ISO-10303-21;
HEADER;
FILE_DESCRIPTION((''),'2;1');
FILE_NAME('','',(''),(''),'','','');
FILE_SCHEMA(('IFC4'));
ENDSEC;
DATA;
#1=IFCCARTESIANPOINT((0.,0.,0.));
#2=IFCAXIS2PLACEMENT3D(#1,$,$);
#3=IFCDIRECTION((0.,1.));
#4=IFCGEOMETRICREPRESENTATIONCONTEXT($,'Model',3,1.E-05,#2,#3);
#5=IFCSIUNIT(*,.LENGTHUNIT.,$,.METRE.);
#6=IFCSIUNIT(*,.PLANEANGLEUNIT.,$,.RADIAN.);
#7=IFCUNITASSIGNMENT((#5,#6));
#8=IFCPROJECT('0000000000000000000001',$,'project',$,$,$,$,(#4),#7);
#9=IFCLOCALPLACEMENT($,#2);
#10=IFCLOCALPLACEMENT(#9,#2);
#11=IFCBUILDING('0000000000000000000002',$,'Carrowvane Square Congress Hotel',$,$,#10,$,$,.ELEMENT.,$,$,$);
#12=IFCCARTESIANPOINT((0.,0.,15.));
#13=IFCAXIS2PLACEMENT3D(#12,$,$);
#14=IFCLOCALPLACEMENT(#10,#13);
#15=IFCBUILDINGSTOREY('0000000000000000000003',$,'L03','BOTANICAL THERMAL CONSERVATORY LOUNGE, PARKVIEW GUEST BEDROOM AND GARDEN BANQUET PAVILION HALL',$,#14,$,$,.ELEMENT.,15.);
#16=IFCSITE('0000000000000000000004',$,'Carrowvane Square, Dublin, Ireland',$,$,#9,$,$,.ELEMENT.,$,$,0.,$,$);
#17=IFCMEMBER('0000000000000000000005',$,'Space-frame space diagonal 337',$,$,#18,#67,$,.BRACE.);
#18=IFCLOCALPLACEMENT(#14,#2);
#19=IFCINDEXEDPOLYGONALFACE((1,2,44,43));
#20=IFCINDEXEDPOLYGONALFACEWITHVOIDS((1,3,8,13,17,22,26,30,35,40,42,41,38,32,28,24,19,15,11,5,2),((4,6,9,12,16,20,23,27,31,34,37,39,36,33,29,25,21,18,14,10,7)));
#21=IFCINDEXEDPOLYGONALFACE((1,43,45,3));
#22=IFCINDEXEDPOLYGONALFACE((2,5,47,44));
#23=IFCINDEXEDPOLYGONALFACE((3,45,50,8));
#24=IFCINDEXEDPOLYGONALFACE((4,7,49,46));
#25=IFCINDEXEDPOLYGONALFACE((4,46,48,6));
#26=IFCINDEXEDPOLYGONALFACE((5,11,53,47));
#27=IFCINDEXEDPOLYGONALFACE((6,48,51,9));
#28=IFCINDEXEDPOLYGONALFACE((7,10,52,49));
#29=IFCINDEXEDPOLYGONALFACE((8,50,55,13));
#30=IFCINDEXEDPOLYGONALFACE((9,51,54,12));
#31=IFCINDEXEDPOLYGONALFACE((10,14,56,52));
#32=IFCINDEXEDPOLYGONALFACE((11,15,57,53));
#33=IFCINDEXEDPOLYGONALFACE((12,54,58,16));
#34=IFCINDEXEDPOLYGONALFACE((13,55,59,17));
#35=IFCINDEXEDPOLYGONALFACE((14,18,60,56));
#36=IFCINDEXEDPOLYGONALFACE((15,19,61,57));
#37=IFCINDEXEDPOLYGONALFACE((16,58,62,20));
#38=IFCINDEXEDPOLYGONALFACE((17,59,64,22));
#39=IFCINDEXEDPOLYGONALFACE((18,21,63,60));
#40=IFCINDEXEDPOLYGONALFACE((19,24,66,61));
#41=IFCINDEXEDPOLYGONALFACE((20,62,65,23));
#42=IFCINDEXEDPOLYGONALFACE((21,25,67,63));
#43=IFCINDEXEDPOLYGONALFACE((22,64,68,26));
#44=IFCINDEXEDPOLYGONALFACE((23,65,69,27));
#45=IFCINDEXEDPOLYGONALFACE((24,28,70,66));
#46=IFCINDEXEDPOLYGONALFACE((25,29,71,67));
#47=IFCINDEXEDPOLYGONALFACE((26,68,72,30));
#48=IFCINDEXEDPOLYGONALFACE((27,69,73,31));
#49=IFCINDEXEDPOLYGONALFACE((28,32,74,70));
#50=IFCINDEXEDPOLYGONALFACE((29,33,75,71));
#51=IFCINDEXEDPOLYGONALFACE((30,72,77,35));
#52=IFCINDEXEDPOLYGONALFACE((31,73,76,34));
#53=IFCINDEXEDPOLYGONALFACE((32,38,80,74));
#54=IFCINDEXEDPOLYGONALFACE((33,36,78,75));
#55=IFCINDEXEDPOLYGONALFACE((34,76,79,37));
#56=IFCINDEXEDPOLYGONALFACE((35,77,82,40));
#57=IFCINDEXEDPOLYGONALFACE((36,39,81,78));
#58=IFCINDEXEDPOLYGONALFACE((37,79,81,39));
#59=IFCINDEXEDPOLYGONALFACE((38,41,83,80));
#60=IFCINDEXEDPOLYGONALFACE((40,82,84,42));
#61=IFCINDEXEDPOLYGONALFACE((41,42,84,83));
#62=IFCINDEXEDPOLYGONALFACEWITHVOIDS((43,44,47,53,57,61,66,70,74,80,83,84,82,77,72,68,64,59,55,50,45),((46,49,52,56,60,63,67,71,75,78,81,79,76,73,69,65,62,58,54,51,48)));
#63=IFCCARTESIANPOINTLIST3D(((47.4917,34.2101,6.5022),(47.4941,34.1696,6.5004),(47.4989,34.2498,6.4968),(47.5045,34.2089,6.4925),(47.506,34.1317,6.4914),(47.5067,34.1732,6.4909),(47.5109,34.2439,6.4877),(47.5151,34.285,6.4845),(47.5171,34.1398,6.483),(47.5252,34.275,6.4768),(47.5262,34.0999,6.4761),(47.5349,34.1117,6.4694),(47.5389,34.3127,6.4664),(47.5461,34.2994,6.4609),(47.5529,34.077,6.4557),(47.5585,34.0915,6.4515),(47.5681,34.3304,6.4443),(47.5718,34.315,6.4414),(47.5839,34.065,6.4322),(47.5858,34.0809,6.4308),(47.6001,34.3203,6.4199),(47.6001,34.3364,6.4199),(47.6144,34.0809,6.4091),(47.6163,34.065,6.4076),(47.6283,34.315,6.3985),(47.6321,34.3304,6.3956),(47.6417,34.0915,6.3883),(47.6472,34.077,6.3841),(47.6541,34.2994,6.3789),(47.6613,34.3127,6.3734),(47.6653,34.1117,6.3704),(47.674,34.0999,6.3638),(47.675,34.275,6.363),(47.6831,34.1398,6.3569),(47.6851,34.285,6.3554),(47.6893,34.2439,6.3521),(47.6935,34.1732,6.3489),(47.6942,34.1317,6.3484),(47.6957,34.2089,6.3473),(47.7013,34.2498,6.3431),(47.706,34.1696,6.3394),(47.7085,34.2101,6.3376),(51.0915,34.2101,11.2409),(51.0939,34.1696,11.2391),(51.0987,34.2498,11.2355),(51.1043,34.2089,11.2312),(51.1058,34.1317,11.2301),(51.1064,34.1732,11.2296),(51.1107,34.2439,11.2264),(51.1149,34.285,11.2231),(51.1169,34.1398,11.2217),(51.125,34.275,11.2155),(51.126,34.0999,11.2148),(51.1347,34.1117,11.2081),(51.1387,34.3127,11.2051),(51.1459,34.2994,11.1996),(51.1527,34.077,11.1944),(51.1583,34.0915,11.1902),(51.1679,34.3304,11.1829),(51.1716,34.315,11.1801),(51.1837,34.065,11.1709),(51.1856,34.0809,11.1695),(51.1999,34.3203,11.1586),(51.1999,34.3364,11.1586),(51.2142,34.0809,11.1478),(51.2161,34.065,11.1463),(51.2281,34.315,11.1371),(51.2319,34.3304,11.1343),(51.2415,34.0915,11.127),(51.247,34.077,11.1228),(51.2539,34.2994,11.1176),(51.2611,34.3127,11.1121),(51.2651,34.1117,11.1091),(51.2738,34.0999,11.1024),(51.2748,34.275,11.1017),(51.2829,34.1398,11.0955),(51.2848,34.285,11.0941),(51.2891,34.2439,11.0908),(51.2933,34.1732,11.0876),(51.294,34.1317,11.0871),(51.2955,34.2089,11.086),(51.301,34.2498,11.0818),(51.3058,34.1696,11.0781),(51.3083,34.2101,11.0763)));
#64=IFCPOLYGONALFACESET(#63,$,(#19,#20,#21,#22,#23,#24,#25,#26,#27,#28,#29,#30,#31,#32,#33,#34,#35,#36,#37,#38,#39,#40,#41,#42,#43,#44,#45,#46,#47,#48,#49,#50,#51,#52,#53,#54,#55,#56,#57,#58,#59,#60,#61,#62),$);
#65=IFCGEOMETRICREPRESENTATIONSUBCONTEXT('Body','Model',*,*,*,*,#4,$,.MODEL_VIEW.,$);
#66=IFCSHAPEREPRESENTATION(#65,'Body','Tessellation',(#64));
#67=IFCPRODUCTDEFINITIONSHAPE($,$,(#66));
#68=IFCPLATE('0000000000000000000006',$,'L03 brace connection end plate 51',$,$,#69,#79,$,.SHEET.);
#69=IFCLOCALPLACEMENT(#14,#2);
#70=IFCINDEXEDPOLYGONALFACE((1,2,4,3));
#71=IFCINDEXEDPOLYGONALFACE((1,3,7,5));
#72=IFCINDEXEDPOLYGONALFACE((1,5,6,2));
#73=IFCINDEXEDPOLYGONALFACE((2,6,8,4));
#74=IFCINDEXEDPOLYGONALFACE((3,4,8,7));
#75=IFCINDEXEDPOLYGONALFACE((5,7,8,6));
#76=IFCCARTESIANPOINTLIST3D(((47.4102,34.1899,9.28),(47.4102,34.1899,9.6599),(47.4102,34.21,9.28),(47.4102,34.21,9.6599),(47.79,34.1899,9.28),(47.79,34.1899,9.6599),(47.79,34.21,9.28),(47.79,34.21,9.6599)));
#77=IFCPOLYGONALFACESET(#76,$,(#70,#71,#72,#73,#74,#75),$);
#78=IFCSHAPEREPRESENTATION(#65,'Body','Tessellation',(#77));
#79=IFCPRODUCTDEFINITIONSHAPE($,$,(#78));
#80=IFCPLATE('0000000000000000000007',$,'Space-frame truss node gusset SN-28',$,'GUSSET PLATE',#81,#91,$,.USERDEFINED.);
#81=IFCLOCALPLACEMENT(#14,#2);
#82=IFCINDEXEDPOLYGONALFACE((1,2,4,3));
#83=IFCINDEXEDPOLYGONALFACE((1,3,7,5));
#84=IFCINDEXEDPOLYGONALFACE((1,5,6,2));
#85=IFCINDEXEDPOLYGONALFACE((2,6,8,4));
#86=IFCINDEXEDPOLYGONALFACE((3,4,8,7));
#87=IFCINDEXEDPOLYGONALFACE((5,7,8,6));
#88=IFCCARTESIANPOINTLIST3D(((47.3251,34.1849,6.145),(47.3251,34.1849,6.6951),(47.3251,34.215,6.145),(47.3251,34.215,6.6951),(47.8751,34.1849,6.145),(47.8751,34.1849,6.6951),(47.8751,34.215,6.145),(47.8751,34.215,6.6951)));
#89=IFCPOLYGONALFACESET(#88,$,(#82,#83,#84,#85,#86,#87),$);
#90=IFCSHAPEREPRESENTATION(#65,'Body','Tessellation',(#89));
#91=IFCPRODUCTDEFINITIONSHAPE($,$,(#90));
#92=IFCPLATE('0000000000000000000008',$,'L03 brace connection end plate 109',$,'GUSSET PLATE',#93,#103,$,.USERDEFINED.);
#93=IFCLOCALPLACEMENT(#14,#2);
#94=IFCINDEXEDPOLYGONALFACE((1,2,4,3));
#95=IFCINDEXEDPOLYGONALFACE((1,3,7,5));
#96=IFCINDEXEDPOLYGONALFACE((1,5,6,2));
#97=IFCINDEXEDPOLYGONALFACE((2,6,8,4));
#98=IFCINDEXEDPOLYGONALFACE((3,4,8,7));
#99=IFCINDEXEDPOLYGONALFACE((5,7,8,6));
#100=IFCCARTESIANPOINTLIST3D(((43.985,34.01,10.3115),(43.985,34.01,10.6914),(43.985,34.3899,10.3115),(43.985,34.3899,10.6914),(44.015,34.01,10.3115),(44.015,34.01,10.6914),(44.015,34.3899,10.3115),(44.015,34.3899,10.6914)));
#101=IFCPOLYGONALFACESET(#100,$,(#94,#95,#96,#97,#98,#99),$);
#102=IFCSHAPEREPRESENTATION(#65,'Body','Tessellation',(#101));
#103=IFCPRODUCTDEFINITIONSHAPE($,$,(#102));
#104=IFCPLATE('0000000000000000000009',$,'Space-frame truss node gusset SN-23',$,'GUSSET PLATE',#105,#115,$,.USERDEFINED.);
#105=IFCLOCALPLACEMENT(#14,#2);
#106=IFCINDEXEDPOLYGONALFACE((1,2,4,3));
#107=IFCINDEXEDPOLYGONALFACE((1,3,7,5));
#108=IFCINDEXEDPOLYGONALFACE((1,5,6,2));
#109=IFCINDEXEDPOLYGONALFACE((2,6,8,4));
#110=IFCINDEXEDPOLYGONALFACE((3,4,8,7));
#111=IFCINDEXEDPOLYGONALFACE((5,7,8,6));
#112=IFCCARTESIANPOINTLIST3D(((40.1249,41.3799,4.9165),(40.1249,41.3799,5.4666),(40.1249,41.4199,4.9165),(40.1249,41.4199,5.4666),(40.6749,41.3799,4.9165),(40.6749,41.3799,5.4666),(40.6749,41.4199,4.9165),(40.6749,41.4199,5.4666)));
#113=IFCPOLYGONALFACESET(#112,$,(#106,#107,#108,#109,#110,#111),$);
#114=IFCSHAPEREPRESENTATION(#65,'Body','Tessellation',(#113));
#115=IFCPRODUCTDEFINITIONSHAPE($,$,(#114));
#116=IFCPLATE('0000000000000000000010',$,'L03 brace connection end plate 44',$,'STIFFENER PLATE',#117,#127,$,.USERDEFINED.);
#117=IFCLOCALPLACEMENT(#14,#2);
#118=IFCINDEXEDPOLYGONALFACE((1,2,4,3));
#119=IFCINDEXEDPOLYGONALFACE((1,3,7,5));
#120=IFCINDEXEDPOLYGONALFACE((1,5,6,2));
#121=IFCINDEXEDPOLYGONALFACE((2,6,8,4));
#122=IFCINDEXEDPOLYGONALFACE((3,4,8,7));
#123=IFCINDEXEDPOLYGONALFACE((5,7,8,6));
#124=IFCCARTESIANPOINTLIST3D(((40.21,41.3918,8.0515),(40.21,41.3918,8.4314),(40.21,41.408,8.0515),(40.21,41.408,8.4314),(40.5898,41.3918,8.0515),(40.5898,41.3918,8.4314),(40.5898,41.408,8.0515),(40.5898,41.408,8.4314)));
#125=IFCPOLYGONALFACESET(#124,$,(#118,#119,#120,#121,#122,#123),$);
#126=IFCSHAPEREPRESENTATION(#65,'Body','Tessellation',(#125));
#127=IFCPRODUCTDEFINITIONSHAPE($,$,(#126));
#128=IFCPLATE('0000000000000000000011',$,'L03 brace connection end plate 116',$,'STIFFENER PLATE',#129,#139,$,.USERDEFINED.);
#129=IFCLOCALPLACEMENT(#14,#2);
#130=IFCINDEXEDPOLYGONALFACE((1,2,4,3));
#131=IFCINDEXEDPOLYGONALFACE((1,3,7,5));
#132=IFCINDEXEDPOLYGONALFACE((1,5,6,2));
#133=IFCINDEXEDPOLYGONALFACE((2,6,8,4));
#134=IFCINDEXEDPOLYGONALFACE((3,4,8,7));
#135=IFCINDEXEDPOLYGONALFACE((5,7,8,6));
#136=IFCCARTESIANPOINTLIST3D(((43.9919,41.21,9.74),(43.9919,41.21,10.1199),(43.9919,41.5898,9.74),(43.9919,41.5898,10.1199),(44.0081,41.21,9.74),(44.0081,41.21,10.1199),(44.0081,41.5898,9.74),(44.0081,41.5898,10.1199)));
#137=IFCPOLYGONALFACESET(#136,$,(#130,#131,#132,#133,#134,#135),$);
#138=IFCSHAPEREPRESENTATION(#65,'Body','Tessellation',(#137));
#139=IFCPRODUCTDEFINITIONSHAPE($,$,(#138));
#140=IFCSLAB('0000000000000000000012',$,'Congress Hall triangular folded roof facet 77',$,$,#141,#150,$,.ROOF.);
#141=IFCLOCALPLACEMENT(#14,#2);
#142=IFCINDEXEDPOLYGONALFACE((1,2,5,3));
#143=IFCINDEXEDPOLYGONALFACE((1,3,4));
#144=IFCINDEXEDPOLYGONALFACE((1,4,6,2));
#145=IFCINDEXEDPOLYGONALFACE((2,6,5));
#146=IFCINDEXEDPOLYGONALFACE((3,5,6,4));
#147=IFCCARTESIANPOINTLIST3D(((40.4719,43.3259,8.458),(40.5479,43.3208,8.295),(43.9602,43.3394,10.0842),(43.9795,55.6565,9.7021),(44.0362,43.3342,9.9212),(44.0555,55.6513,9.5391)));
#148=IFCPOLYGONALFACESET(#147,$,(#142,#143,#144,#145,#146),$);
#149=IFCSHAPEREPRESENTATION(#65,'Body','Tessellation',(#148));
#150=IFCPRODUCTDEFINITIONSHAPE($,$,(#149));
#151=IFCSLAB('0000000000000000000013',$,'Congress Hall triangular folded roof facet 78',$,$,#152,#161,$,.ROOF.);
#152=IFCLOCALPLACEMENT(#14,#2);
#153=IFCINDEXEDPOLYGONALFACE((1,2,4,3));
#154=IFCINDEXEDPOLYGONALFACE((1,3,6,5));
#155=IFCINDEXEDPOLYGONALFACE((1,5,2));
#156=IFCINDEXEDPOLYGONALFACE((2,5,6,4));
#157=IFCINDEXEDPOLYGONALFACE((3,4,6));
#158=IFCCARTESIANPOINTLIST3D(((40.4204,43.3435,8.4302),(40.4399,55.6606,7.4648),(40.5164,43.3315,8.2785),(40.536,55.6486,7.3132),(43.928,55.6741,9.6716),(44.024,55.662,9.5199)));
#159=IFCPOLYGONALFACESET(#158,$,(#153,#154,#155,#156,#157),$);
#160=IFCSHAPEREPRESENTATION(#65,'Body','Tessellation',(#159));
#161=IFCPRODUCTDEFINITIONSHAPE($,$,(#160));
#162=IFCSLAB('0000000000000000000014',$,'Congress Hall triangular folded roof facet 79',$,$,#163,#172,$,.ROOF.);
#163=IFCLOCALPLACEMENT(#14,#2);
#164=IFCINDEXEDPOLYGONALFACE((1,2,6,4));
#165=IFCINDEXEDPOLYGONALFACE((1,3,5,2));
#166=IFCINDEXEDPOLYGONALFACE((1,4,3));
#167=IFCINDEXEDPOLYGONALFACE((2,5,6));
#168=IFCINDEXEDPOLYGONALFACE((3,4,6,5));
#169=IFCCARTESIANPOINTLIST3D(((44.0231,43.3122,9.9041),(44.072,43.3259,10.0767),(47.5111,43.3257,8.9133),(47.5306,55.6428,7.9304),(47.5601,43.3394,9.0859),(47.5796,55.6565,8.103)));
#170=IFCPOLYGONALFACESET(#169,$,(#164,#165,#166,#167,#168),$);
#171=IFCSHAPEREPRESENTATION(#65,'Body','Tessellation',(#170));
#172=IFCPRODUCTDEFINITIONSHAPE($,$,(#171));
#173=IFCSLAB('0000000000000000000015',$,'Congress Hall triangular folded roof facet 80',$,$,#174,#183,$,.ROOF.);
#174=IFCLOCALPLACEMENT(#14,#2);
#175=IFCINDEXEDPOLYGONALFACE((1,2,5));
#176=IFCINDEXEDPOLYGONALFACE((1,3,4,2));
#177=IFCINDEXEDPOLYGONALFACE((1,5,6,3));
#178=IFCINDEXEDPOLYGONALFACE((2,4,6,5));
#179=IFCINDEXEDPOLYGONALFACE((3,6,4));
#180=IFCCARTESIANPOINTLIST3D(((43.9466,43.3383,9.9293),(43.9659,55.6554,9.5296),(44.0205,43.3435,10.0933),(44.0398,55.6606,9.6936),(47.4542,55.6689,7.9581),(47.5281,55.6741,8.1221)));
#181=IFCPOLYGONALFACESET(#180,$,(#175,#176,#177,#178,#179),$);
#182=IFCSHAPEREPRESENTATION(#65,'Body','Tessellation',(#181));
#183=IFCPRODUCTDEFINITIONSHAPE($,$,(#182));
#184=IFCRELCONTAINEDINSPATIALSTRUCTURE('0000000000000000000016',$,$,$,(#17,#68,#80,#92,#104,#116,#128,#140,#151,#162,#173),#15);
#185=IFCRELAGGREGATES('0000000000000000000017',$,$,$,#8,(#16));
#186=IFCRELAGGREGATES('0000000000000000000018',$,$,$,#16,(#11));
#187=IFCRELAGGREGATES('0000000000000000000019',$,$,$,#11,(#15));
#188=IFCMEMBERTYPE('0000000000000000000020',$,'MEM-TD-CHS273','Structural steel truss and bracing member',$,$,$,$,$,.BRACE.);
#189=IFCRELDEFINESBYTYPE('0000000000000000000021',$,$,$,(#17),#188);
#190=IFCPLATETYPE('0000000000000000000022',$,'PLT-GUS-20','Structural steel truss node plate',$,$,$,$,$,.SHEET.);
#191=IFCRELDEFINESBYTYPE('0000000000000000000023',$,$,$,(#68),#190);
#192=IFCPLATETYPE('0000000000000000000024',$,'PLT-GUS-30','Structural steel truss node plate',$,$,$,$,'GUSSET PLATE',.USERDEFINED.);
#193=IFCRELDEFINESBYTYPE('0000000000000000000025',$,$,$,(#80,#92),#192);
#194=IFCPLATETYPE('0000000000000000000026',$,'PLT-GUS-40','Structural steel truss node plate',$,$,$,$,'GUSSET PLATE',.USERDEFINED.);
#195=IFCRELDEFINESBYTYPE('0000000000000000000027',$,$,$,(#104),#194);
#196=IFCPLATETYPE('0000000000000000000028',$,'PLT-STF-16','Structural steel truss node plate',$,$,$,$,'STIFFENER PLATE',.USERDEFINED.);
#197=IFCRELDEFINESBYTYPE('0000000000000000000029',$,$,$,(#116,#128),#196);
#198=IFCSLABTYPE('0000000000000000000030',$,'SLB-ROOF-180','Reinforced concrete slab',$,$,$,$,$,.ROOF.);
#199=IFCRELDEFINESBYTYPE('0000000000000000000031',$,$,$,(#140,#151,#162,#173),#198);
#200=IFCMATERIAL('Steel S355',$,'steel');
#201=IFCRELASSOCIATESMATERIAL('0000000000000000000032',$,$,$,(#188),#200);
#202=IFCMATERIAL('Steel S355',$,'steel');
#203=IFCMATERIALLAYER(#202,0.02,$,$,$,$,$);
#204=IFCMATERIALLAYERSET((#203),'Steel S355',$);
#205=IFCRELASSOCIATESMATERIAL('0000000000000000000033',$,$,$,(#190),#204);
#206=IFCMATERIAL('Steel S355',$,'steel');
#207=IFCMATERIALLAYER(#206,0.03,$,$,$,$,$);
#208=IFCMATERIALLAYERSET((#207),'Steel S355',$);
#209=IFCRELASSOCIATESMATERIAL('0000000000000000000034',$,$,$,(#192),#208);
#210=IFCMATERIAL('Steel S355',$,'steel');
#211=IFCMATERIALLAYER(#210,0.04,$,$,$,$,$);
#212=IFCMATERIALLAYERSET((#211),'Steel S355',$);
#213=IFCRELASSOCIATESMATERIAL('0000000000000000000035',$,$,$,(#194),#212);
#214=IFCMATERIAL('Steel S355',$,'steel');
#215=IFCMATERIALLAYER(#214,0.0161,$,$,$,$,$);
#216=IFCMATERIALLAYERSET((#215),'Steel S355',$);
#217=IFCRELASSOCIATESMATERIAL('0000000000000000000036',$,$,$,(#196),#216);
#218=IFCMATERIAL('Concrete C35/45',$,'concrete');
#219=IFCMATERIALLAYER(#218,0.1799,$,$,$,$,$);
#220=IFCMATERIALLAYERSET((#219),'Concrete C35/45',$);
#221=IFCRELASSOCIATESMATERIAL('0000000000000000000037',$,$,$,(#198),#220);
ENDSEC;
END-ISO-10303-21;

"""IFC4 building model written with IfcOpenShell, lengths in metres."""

from ifc_helpers import new_model, si_unit, direction, frame, origin, origin_2d, place, context, subcontext, project, spatial, polyline, rectangle, hollow_circle, outline, extrude, material, layer, layer_set, material_profile, profile_set, type_object, element, save


model = new_model("IFC4")

# Units and contexts
model_context = context("Model", 3, precision=1e-05, world=origin(), true_north=direction((0.0, 1.0)))
body_context = subcontext(model_context, "Body", "Model", "MODEL_VIEW")
ifc_project = project(units=[si_unit("LENGTHUNIT", "METRE"), si_unit("PLANEANGLEUNIT", "RADIAN")], contexts=[model_context])

# Site, building, storey
site_placement = place(None, origin())
site = spatial("IfcSite", under=ifc_project, at=site_placement, Name="Carrowvane Square, Dublin, Ireland", CompositionType="ELEMENT", RefElevation=0.0)
building_placement = place(site_placement, origin())
building = spatial("IfcBuilding", under=site, at=building_placement, Name="Carrowvane Square Congress Hotel", CompositionType="ELEMENT")
storey_placement = place(building_placement, frame((0.0, 0.0, 15.0)))
storey = spatial("IfcBuildingStorey", under=building, at=storey_placement, Name="L03", Description="BOTANICAL THERMAL CONSERVATORY LOUNGE, PARKVIEW GUEST BEDROOM AND GARDEN BANQUET PAVILION HALL", CompositionType="ELEMENT", Elevation=15.0)

# Member
ifc_material_1 = material(Name="Steel S355", Category="steel")
ifc_material_profile_1 = material_profile(ifc_material_1, hollow_circle(Radius=0.1365, WallThickness=0.0161, at=origin_2d()), Name="CHS 273.0x16")
ifc_profile_set_1 = profile_set([ifc_material_profile_1], Name="Steel S355")
member_type_1 = type_object("IfcMemberType", Name="MEM-TD-CHS273", Description="Structural steel truss and bracing member", PredefinedType="BRACE", material=ifc_profile_set_1)
member_1_placement = place(storey_placement, frame((47.6001, 34.2, 6.4199), z_axis=(0.604912, 0.0, 0.796293), x_axis=(0.0, 1.0, 0.0)))
element("IfcMember", 1, at=member_1_placement, inside=storey, type_object=member_type_1, Name="Space-frame space diagonal 337", PredefinedType="BRACE", context=body_context, shape_type="SweptSolid", body=[
    extrude(hollow_circle(Radius=0.1365, WallThickness=0.0161, at=origin_2d()), origin(), (0.0, 0.0, 1.0), 5.9509),
])

# Plates
ifc_material_2 = material(Name="Steel S355", Category="steel")
ifc_layer_1 = layer(ifc_material_2, 0.02)
ifc_layer_set_1 = layer_set([ifc_layer_1], Name="Steel S355")
plate_type_1 = type_object("IfcPlateType", Name="PLT-GUS-20", Description="Structural steel truss node plate", PredefinedType="SHEET", material=ifc_layer_set_1)
plate_1_placement = place(storey_placement, frame((47.6001, 34.2, 9.28), z_axis=(0.0, 0.0, 1.0), x_axis=(1.0, 0.0, 0.0)))
element("IfcPlate", 2, at=plate_1_placement, inside=storey, type_object=plate_type_1, Name="L03 brace connection end plate 51", PredefinedType="SHEET", context=body_context, shape_type="SweptSolid", body=[
    extrude(rectangle(XDim=0.3799, YDim=0.02, at=origin_2d()), origin(), (0.0, 0.0, 1.0), 0.3799),
])
ifc_material_3 = material(Name="Steel S355", Category="steel")
ifc_layer_2 = layer(ifc_material_3, 0.03)
ifc_layer_set_2 = layer_set([ifc_layer_2], Name="Steel S355")
plate_type_2 = type_object("IfcPlateType", Name="PLT-GUS-30", Description="Structural steel truss node plate", ElementType="GUSSET PLATE", PredefinedType="USERDEFINED", material=ifc_layer_set_2)
plate_2_placement = place(storey_placement, frame((47.6001, 34.2, 6.145), z_axis=(0.0, 0.0, 1.0), x_axis=(1.0, 0.0, 0.0)))
element("IfcPlate", 3, at=plate_2_placement, inside=storey, type_object=plate_type_2, Name="Space-frame truss node gusset SN-28", ObjectType="GUSSET PLATE", PredefinedType="USERDEFINED", context=body_context, shape_type="SweptSolid", body=[
    extrude(rectangle(XDim=0.55, YDim=0.03, at=origin_2d()), origin(), (0.0, 0.0, 1.0), 0.55),
])
plate_3_placement = place(storey_placement, frame((44.0, 34.2, 10.3115), z_axis=(0.0, 0.0, 1.0), x_axis=(1.0, 0.0, 0.0)))
element("IfcPlate", 4, at=plate_3_placement, inside=storey, type_object=plate_type_2, Name="L03 brace connection end plate 109", ObjectType="GUSSET PLATE", PredefinedType="USERDEFINED", context=body_context, shape_type="SweptSolid", body=[
    extrude(rectangle(XDim=0.03, YDim=0.3799, at=origin_2d()), origin(), (0.0, 0.0, 1.0), 0.3799),
])
ifc_material_4 = material(Name="Steel S355", Category="steel")
ifc_layer_3 = layer(ifc_material_4, 0.04)
ifc_layer_set_3 = layer_set([ifc_layer_3], Name="Steel S355")
plate_type_3 = type_object("IfcPlateType", Name="PLT-GUS-40", Description="Structural steel truss node plate", ElementType="GUSSET PLATE", PredefinedType="USERDEFINED", material=ifc_layer_set_3)
plate_4_placement = place(storey_placement, frame((40.3999, 41.3999, 4.9165), z_axis=(0.0, 0.0, 1.0), x_axis=(1.0, 0.0, 0.0)))
element("IfcPlate", 5, at=plate_4_placement, inside=storey, type_object=plate_type_3, Name="Space-frame truss node gusset SN-23", ObjectType="GUSSET PLATE", PredefinedType="USERDEFINED", context=body_context, shape_type="SweptSolid", body=[
    extrude(rectangle(XDim=0.55, YDim=0.04, at=origin_2d()), origin(), (0.0, 0.0, 1.0), 0.55),
])
ifc_material_5 = material(Name="Steel S355", Category="steel")
ifc_layer_4 = layer(ifc_material_5, 0.0161)
ifc_layer_set_4 = layer_set([ifc_layer_4], Name="Steel S355")
plate_type_4 = type_object("IfcPlateType", Name="PLT-STF-16", Description="Structural steel truss node plate", ElementType="STIFFENER PLATE", PredefinedType="USERDEFINED", material=ifc_layer_set_4)
plate_5_placement = place(storey_placement, frame((40.3999, 41.3999, 8.0515), z_axis=(0.0, 0.0, 1.0), x_axis=(1.0, 0.0, 0.0)))
element("IfcPlate", 6, at=plate_5_placement, inside=storey, type_object=plate_type_4, Name="L03 brace connection end plate 44", ObjectType="STIFFENER PLATE", PredefinedType="USERDEFINED", context=body_context, shape_type="SweptSolid", body=[
    extrude(rectangle(XDim=0.3799, YDim=0.0161, at=origin_2d()), origin(), (0.0, 0.0, 1.0), 0.3799),
])
plate_6_placement = place(storey_placement, frame((44.0, 41.3999, 9.74), z_axis=(0.0, 0.0, 1.0), x_axis=(1.0, 0.0, 0.0)))
element("IfcPlate", 7, at=plate_6_placement, inside=storey, type_object=plate_type_4, Name="L03 brace connection end plate 116", ObjectType="STIFFENER PLATE", PredefinedType="USERDEFINED", context=body_context, shape_type="SweptSolid", body=[
    extrude(rectangle(XDim=0.0161, YDim=0.3799, at=origin_2d()), origin(), (0.0, 0.0, 1.0), 0.3799),
])

# Slabs
ifc_material_6 = material(Name="Concrete C35/45", Category="concrete")
ifc_layer_5 = layer(ifc_material_6, 0.1799)
ifc_layer_set_5 = layer_set([ifc_layer_5], Name="Concrete C35/45")
slab_type = type_object("IfcSlabType", Name="SLB-ROOF-180", Description="Reinforced concrete slab", PredefinedType="ROOF", material=ifc_layer_set_5)
slab_1_placement = place(storey_placement, frame((40.4719, 43.3259, 8.458), z_axis=(-0.422451, 0.028764, 0.905929), x_axis=(0.906341, 0.003489, 0.422532)))
element("IfcSlab", 8, at=slab_1_placement, inside=storey, type_object=slab_type, Name="Congress Hall triangular folded roof facet 77", PredefinedType="ROOF", context=body_context, shape_type="SweptSolid", body=[
    extrude(outline(polyline([(0.0, 0.0), (3.8488, 0.0), (3.7478, 12.3227), (0.0, 0.0)])), origin(), (0.0, 0.0, -1.0), 0.1799),
])
slab_2_placement = place(storey_placement, frame((40.4204, 43.3435, 8.4302), z_axis=(-0.533639, 0.066919, 0.84306), x_axis=(0.272333, 0.957363, 0.096388)))
element("IfcSlab", 9, at=slab_2_placement, inside=storey, type_object=slab_type, Name="Congress Hall triangular folded roof facet 78", PredefinedType="ROOF", context=body_context, shape_type="SweptSolid", body=[
    extrude(outline(polyline([(0.0, 0.0), (12.8797, 0.0), (11.7042, 3.9566), (0.0, 0.0)])), origin(), (0.0, 0.0, -1.0), 0.1799),
])
slab_3_placement = place(storey_placement, frame((44.072, 43.3259, 10.0767), z_axis=(0.272163, 0.076116, 0.959236), x_axis=(0.961943, 0.003703, -0.273225)))
element("IfcSlab", 10, at=slab_3_placement, inside=storey, type_object=slab_type, Name="Congress Hall triangular folded roof facet 79", PredefinedType="ROOF", context=body_context, shape_type="SweptSolid", body=[
    extrude(outline(polyline([(0.0, 0.0), (3.626, 0.0), (3.959, 12.3518), (0.0, 0.0)])), origin(), (0.0, 0.0, -1.0), 0.1799),
])
slab_4_placement = place(storey_placement, frame((44.0205, 43.3435, 10.0933), z_axis=(0.410493, 0.02893, 0.911405), x_axis=(0.270429, 0.950669, -0.151976)))
element("IfcSlab", 11, at=slab_4_placement, inside=storey, type_object=slab_type, Name="Congress Hall triangular folded roof facet 80", PredefinedType="ROOF", context=body_context, shape_type="SweptSolid", body=[
    extrude(outline(polyline([(0.0, 0.0), (12.9704, 0.0), (11.7755, 3.6346), (0.0, 0.0)])), origin(), (0.0, 0.0, -1.0), 0.1799),
])

save(model, "model.ifc")
